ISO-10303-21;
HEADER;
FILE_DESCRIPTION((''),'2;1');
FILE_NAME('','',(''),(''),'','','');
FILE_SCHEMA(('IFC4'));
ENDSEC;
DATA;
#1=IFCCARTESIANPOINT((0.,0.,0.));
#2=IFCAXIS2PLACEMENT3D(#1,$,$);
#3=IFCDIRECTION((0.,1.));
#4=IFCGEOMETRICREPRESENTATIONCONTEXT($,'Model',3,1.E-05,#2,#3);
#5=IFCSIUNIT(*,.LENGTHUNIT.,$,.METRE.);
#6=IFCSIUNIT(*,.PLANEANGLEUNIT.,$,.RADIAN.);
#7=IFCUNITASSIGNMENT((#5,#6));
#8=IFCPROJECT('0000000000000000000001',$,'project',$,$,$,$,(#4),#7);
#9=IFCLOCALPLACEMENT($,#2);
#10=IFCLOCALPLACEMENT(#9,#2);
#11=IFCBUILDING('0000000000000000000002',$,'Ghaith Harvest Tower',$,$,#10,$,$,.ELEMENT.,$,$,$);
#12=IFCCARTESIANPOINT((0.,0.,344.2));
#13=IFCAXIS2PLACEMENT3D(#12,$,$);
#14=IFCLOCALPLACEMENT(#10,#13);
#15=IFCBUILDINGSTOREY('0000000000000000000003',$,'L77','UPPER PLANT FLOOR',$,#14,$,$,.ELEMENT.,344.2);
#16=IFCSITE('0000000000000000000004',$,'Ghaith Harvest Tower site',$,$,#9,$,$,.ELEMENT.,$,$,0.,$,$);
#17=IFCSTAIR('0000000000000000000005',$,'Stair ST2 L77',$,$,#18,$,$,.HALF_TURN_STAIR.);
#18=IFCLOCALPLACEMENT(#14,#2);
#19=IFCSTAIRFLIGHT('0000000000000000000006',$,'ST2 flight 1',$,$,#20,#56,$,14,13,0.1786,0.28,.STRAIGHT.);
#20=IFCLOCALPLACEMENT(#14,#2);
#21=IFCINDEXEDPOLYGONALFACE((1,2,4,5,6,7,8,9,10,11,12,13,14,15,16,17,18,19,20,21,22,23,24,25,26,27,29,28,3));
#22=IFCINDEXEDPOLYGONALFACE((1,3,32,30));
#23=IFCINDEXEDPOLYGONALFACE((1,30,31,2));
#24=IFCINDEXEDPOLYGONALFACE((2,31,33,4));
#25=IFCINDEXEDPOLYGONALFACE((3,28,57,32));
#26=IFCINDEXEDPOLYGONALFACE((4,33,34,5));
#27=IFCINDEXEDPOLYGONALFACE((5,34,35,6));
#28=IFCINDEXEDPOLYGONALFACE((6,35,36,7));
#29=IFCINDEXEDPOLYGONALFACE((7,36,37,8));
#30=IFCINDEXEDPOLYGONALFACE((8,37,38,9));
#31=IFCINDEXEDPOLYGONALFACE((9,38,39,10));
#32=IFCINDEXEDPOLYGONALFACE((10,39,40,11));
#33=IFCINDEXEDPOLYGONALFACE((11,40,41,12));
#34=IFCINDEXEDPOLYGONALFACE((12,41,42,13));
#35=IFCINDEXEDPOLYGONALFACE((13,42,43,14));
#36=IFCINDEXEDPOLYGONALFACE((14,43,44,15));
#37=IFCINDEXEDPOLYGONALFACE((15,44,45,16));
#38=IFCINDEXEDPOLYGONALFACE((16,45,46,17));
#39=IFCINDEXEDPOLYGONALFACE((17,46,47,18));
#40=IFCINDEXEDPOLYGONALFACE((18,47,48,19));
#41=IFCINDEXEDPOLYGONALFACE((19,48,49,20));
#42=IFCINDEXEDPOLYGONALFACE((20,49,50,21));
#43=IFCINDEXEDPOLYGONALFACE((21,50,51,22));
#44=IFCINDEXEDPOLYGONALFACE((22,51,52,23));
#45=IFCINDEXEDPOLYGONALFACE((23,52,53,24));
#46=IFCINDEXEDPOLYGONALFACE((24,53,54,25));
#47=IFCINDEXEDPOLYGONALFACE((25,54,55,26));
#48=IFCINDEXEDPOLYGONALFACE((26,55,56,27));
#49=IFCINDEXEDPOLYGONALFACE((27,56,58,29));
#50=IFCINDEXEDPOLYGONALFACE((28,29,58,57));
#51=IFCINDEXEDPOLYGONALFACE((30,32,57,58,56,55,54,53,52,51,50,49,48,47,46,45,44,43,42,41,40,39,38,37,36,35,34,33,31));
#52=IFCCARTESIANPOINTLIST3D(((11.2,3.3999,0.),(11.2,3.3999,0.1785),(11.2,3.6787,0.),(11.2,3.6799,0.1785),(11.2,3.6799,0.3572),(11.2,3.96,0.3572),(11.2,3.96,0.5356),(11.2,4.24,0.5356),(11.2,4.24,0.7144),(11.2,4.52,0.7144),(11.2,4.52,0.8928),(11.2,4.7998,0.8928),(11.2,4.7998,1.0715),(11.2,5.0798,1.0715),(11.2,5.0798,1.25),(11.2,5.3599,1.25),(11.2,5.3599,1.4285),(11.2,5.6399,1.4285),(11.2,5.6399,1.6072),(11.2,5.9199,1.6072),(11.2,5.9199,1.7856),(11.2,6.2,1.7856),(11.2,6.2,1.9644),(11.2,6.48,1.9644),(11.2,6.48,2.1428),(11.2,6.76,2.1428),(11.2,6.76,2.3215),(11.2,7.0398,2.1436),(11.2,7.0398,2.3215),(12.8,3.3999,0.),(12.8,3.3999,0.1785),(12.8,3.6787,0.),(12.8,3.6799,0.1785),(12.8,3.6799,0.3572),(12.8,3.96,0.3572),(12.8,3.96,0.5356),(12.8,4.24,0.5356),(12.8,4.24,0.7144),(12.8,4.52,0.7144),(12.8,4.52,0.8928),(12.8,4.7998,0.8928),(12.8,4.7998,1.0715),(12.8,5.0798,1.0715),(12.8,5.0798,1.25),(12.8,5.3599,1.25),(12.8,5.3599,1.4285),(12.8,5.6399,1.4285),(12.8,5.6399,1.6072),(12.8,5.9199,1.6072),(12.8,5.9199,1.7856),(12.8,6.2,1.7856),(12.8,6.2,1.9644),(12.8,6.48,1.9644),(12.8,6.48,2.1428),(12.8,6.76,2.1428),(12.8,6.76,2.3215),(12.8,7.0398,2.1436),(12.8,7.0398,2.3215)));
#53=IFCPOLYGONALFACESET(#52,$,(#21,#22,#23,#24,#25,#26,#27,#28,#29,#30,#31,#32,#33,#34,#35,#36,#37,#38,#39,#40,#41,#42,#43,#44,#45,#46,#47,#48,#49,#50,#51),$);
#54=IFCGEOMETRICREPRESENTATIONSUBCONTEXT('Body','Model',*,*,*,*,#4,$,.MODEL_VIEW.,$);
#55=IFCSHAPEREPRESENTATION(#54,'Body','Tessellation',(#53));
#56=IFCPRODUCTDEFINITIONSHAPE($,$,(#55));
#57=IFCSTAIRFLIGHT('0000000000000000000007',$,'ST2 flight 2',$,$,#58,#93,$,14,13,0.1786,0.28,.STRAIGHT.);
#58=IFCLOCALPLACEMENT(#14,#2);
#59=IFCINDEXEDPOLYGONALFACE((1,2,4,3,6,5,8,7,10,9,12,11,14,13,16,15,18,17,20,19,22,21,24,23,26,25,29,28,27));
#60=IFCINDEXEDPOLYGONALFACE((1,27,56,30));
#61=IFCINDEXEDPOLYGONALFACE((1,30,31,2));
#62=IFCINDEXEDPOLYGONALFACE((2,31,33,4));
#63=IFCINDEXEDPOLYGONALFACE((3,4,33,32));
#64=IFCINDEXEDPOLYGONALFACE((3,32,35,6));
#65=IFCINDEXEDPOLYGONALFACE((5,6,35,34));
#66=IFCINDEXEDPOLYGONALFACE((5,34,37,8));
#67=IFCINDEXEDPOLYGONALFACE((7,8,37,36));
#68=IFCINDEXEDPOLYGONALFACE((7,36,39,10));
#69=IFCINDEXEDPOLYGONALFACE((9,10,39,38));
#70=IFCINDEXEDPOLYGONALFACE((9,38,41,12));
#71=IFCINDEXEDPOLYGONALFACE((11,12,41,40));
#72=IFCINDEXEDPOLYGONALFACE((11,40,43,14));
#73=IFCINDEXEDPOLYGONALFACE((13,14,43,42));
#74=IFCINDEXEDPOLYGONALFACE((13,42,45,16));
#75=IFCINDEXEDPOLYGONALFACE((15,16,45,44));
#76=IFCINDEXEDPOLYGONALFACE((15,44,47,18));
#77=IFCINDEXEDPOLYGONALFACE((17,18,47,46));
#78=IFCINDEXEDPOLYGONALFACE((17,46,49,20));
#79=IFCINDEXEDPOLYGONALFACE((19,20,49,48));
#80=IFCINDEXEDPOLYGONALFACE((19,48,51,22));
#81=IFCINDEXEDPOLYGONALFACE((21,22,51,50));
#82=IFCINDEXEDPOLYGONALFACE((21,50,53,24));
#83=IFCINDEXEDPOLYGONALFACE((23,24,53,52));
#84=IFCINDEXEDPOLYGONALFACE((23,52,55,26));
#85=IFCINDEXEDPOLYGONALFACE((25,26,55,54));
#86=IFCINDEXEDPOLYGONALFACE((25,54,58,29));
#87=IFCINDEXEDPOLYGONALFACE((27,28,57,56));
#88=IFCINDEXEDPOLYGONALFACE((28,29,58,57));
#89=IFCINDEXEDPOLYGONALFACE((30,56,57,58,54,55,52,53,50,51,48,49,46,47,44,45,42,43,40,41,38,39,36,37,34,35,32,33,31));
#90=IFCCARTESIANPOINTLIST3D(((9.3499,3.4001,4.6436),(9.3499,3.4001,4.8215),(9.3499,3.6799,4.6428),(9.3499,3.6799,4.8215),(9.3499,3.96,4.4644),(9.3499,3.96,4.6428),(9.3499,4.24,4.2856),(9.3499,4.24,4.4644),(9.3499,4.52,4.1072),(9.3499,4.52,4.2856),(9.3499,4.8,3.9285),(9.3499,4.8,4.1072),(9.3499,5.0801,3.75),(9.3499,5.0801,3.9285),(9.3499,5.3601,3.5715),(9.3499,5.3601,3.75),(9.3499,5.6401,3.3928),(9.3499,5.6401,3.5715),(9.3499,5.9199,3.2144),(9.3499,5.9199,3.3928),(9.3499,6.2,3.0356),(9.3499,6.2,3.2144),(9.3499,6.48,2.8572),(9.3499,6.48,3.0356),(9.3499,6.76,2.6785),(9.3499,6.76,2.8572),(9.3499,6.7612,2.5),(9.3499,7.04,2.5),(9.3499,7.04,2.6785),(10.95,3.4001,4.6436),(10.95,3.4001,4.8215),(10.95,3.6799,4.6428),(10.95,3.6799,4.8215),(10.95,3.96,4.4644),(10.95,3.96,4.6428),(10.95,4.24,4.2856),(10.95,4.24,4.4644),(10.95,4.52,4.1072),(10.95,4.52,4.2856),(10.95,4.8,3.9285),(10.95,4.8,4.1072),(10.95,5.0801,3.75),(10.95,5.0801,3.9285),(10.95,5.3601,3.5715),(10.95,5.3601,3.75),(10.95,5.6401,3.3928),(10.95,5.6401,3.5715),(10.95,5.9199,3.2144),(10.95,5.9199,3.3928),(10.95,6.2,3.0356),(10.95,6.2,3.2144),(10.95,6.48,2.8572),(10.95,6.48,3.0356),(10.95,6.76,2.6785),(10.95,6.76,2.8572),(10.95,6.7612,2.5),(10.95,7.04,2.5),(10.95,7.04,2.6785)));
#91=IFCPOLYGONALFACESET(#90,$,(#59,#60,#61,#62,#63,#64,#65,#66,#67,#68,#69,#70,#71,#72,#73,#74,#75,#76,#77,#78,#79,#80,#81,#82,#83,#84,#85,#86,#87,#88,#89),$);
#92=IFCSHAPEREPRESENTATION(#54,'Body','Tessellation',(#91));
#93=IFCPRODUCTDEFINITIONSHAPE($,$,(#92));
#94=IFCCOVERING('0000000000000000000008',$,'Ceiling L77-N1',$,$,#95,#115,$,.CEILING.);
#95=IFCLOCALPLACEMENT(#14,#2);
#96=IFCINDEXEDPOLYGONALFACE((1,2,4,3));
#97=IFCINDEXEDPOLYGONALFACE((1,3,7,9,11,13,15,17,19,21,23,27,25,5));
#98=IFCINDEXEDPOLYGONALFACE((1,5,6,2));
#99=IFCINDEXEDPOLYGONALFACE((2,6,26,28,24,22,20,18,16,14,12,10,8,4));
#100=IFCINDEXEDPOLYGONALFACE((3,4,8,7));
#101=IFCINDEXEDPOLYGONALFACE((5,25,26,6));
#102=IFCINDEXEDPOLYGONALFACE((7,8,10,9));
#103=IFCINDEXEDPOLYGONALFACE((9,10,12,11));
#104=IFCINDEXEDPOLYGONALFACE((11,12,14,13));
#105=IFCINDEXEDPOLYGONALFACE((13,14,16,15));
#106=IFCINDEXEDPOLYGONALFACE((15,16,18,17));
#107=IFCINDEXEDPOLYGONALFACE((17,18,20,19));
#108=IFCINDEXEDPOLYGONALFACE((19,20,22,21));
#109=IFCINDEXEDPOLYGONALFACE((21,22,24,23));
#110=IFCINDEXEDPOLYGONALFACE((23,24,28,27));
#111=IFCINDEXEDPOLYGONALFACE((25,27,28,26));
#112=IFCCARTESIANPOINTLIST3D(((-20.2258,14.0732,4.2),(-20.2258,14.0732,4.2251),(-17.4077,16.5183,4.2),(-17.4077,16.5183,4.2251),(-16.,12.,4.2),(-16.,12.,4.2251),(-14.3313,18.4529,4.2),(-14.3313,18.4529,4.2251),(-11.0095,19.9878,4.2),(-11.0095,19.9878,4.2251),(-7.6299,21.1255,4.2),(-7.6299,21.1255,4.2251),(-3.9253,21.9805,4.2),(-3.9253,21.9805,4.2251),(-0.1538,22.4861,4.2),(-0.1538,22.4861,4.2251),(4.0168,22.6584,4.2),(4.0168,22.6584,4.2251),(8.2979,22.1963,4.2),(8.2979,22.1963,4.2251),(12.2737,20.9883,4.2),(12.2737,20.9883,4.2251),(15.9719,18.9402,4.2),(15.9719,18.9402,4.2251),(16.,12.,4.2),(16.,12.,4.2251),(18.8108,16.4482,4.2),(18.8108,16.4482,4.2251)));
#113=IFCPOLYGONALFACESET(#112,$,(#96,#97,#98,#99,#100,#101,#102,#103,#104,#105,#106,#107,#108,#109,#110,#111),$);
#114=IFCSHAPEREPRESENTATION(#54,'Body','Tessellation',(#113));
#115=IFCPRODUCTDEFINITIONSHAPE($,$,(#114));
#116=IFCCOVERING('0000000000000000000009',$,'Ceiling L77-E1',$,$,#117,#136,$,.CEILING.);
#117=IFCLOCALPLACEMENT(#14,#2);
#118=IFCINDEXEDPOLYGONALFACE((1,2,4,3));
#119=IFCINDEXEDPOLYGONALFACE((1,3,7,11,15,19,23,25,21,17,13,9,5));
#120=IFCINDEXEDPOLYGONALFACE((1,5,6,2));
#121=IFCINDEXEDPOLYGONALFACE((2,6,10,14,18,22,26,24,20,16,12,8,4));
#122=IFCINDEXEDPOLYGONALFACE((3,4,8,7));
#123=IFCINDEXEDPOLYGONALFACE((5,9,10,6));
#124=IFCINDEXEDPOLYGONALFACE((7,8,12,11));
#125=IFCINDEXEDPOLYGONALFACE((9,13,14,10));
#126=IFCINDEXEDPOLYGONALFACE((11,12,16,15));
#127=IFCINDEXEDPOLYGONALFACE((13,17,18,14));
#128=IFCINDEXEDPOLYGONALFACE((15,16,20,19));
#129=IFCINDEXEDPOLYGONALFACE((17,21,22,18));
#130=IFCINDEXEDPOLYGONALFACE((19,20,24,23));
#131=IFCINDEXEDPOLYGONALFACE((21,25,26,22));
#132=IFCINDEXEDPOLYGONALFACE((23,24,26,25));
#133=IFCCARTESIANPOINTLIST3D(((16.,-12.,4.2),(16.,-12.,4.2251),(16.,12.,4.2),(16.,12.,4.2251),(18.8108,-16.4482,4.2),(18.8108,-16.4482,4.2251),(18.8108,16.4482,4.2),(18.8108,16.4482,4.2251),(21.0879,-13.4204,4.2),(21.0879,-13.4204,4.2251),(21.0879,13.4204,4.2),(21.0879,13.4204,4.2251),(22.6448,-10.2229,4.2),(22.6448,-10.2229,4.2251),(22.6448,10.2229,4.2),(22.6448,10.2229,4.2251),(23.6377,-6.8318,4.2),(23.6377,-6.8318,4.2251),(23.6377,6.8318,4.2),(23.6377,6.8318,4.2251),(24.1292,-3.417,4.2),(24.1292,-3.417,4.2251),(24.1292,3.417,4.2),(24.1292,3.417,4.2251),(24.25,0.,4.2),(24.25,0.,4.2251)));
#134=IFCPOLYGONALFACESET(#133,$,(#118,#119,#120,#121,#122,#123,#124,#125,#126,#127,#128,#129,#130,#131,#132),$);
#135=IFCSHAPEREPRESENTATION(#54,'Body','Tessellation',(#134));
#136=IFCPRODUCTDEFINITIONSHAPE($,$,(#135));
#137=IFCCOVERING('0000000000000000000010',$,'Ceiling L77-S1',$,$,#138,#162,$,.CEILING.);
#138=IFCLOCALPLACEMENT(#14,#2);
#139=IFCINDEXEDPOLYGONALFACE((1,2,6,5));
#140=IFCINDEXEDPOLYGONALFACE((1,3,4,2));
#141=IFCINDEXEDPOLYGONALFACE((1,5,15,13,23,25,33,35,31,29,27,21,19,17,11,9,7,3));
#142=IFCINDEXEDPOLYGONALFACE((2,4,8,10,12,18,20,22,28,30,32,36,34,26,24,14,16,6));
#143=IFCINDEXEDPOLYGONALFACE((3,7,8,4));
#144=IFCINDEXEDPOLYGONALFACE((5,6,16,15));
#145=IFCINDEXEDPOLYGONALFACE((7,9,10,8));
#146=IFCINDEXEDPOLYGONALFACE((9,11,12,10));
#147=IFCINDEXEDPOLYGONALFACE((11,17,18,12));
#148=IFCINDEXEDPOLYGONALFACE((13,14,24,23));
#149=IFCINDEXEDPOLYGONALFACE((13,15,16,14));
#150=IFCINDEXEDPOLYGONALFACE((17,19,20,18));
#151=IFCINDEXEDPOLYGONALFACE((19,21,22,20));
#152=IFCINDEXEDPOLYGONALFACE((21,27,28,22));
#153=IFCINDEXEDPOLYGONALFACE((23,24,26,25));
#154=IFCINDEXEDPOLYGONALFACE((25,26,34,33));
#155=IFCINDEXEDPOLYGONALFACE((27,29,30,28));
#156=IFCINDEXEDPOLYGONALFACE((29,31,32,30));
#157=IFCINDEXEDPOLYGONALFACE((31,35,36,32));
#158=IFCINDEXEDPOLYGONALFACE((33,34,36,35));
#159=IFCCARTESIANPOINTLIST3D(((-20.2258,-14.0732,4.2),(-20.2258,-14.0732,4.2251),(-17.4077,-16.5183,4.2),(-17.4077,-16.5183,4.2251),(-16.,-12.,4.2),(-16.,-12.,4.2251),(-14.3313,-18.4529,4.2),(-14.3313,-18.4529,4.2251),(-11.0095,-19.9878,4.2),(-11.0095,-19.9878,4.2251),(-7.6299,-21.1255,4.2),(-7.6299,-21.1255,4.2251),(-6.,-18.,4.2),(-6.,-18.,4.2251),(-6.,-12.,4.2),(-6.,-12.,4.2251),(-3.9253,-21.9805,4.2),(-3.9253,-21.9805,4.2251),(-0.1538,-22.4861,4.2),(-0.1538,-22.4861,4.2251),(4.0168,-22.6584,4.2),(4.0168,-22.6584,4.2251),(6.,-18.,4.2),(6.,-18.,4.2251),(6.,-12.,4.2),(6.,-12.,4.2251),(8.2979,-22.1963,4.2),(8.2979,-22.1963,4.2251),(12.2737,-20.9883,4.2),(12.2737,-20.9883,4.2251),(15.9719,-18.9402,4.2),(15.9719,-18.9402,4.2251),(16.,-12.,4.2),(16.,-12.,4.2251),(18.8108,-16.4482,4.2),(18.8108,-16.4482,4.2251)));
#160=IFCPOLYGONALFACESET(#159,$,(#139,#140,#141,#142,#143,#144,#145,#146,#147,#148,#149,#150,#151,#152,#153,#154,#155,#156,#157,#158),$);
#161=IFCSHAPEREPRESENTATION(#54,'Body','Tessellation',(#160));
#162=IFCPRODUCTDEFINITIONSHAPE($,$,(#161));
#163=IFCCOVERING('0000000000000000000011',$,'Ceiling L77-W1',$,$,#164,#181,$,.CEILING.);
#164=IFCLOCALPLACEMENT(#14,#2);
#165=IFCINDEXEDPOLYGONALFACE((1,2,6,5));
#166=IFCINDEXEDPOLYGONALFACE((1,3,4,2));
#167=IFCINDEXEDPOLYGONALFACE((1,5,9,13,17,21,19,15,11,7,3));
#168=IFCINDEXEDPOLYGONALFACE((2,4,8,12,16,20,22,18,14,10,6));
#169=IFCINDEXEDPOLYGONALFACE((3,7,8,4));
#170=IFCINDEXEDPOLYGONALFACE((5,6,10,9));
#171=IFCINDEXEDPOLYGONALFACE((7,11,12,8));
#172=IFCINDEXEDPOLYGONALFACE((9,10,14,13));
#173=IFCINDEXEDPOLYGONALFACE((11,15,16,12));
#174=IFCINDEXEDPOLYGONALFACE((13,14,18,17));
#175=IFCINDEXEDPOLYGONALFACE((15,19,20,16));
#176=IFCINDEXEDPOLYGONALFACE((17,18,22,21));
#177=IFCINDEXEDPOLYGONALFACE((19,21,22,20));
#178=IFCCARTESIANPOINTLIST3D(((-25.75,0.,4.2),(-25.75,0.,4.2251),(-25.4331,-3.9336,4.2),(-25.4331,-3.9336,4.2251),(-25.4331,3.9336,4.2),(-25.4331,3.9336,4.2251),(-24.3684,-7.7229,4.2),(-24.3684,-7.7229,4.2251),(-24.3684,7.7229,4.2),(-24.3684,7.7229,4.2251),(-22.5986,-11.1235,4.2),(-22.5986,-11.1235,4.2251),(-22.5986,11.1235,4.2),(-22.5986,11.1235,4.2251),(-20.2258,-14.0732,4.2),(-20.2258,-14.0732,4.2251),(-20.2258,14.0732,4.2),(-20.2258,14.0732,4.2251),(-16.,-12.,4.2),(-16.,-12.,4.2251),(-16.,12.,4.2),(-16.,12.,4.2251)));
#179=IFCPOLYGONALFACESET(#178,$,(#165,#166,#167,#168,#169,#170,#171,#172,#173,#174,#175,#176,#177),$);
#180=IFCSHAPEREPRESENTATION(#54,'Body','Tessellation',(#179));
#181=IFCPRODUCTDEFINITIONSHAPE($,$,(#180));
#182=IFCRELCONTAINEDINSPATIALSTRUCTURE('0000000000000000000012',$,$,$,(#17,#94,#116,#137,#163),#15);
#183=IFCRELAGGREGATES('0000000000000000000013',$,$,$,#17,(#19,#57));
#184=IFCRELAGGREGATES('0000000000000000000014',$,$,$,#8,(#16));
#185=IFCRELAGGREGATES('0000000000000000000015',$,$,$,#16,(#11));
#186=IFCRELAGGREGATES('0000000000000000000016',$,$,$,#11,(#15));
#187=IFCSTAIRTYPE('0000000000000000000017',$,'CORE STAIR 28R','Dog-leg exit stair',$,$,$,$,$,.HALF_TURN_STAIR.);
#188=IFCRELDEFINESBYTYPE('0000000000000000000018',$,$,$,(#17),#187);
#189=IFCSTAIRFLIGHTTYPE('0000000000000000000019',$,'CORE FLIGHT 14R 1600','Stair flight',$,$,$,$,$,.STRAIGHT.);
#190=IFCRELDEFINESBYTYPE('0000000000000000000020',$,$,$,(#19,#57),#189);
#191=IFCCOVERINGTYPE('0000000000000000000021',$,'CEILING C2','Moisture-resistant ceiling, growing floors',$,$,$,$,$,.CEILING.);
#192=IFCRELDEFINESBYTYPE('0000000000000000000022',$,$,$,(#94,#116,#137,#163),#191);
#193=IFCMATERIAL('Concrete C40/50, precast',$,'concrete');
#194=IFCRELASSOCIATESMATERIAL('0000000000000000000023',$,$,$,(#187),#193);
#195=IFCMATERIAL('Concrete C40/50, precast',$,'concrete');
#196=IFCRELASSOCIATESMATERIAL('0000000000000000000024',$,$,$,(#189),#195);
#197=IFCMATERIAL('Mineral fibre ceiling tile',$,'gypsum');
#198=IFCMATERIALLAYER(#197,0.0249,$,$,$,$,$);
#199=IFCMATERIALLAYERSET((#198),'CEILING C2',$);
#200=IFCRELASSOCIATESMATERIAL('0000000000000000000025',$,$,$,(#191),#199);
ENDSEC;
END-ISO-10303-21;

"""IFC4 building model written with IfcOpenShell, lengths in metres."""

from ifc_helpers import new_model, si_unit, direction, frame, origin, place, context, subcontext, project, spatial, polyline, outline, extrude, material, layer, layer_set, type_object, element, aggregate, save


model = new_model("IFC4")

# Units and contexts
model_context = context("Model", 3, precision=1e-05, world=origin(), true_north=direction((0.0, 1.0)))
body_context = subcontext(model_context, "Body", "Model", "MODEL_VIEW")
ifc_project = project(units=[si_unit("LENGTHUNIT", "METRE"), si_unit("PLANEANGLEUNIT", "RADIAN")], contexts=[model_context])

# Site, building, storey
site_placement = place(None, origin())
site = spatial("IfcSite", under=ifc_project, at=site_placement, Name="Ghaith Harvest Tower site", CompositionType="ELEMENT", RefElevation=0.0)
building_placement = place(site_placement, origin())
building = spatial("IfcBuilding", under=site, at=building_placement, Name="Ghaith Harvest Tower", CompositionType="ELEMENT")
storey_placement = place(building_placement, frame((0.0, 0.0, 344.2)))
storey = spatial("IfcBuildingStorey", under=building, at=storey_placement, Name="L77", Description="UPPER PLANT FLOOR", CompositionType="ELEMENT", Elevation=344.2)

# Stair, stair flights
ifc_material_1 = material(Name="Concrete C40/50, precast", Category="concrete")
stair_type = type_object("IfcStairType", Name="CORE STAIR 28R", Description="Dog-leg exit stair", PredefinedType="HALF_TURN_STAIR", material=ifc_material_1)
stair_placement = place(storey_placement, origin())
stair = element("IfcStair", 1, at=stair_placement, inside=storey, type_object=stair_type, Name="Stair ST2 L77", PredefinedType="HALF_TURN_STAIR")
ifc_material_2 = material(Name="Concrete C40/50, precast", Category="concrete")
stair_flight_type = type_object("IfcStairFlightType", Name="CORE FLIGHT 14R 1600", Description="Stair flight", PredefinedType="STRAIGHT", material=ifc_material_2)
stair_flight_1_placement = place(storey_placement, frame((12.0, 3.3999, 0.0), z_axis=(0.0, 0.0, 1.0), x_axis=(0.0, 1.0, 0.0)))
stair_flight_1 = element("IfcStairFlight", 2, at=stair_flight_1_placement, type_object=stair_flight_type, Name="ST2 flight 1", NumberOfRisers=14, NumberOfTreads=13, PredefinedType="STRAIGHT", RiserHeight=0.1786, TreadLength=0.28, context=body_context, shape_type="SweptSolid", body=[
    extrude(outline(polyline([(0.0, 0.0), (0.0, 0.1785), (0.28, 0.1785), (0.28, 0.3572), (0.5601, 0.3572), (0.5601, 0.5356), (0.8401, 0.5356), (0.8401, 0.7144), (1.1201, 0.7144), (1.1201, 0.8928), (1.3999, 0.8928), (1.3999, 1.0715), (1.6799, 1.0715), (1.6799, 1.25), (1.96, 1.25), (1.96, 1.4285), (2.24, 1.4285), (2.24, 1.6072), (2.52, 1.6072), (2.52, 1.7856), (2.8, 1.7856), (2.8, 1.9644), (3.0801, 1.9644), (3.0801, 2.1428), (3.3601, 2.1428), (3.3601, 2.3215), (3.6399, 2.3215), (3.6399, 2.5), (3.6399, 2.1436), (0.2788, 0.0), (0.0, 0.0)])), frame((0.0, 0.8, 0.0), z_axis=(0.0, -1.0, 0.0), x_axis=(1.0, 0.0, 0.0)), (0.0, 0.0, 1.0), 1.6001),
])
stair_flight_2_placement = place(storey_placement, frame((10.1499, 7.04, 2.5), z_axis=(0.0, 0.0, 1.0), x_axis=(0.0, -1.0, 0.0)))
stair_flight_2 = element("IfcStairFlight", 3, at=stair_flight_2_placement, type_object=stair_flight_type, Name="ST2 flight 2", NumberOfRisers=14, NumberOfTreads=13, PredefinedType="STRAIGHT", RiserHeight=0.1786, TreadLength=0.28, context=body_context, shape_type="SweptSolid", body=[
    extrude(outline(polyline([(0.0, 0.0), (0.0, 0.1785), (0.28, 0.1785), (0.28, 0.3572), (0.5601, 0.3572), (0.5601, 0.5356), (0.8401, 0.5356), (0.8401, 0.7144), (1.1201, 0.7144), (1.1201, 0.8928), (1.3999, 0.8928), (1.3999, 1.0715), (1.6799, 1.0715), (1.6799, 1.25), (1.96, 1.25), (1.96, 1.4285), (2.24, 1.4285), (2.24, 1.6072), (2.52, 1.6072), (2.52, 1.7856), (2.8, 1.7856), (2.8, 1.9644), (3.0801, 1.9644), (3.0801, 2.1428), (3.3601, 2.1428), (3.3601, 2.3215), (3.6399, 2.3215), (3.6399, 2.5), (3.6399, 2.1436), (0.2788, 0.0), (0.0, 0.0)])), frame((0.0, 0.8, 0.0), z_axis=(0.0, -1.0, 0.0), x_axis=(1.0, 0.0, 0.0)), (0.0, 0.0, 1.0), 1.6001),
])
aggregate(stair, [stair_flight_1, stair_flight_2])

# Coverings
ifc_material_3 = material(Name="Mineral fibre ceiling tile", Category="gypsum")
ifc_layer_1 = layer(ifc_material_3, 0.0249)
ifc_layer_set_1 = layer_set([ifc_layer_1], Name="CEILING C2")
covering_type = type_object("IfcCoveringType", Name="CEILING C2", Description="Moisture-resistant ceiling, growing floors", PredefinedType="CEILING", material=ifc_layer_set_1)
covering_1_placement = place(storey_placement, frame((0.0, 0.0, 4.2)))
element("IfcCovering", 4, at=covering_1_placement, inside=storey, type_object=covering_type, Name="Ceiling L77-N1", PredefinedType="CEILING", context=body_context, shape_type="SweptSolid", body=[
    extrude(outline(polyline([(-17.4077, 16.5183), (-14.3313, 18.4529), (-11.0095, 19.9878), (-7.6299, 21.1255), (-3.9253, 21.9805), (-0.1538, 22.4861), (4.0168, 22.6584), (8.2979, 22.1963), (12.2737, 20.9883), (15.9719, 18.9402), (18.8108, 16.4482), (16.0, 12.0), (-16.0, 12.0), (-20.2258, 14.0732), (-17.4077, 16.5183)])), origin(), (0.0, 0.0, 1.0), 0.0251),
])
covering_2_placement = place(storey_placement, frame((0.0, 0.0, 4.2)))
element("IfcCovering", 5, at=covering_2_placement, inside=storey, type_object=covering_type, Name="Ceiling L77-E1", PredefinedType="CEILING", context=body_context, shape_type="SweptSolid", body=[
    extrude(outline(polyline([(21.0879, -13.4204), (18.8108, -16.4482), (16.0, -12.0), (16.0, 12.0), (18.8108, 16.4482), (21.0879, 13.4204), (22.6448, 10.2229), (23.6377, 6.8318), (24.1292, 3.417), (24.25, 0.0), (24.1292, -3.417), (23.6377, -6.8318), (22.6448, -10.2229), (21.0879, -13.4204)])), origin(), (0.0, 0.0, 1.0), 0.0251),
])
covering_3_placement = place(storey_placement, frame((0.0, 0.0, 4.2)))
element("IfcCovering", 6, at=covering_3_placement, inside=storey, type_object=covering_type, Name="Ceiling L77-S1", PredefinedType="CEILING", context=body_context, shape_type="SweptSolid", body=[
    extrude(outline(polyline([(15.9719, -18.9402), (12.2737, -20.9883), (8.2979, -22.1963), (4.0168, -22.6584), (-0.1538, -22.4861), (-3.9253, -21.9805), (-7.6299, -21.1255), (-11.0095, -19.9878), (-14.3313, -18.4529), (-17.4077, -16.5183), (-20.2258, -14.0732), (-16.0, -12.0), (-6.0, -12.0), (-6.0, -18.0), (6.0, -18.0), (6.0, -12.0), (16.0, -12.0), (18.8108, -16.4482), (15.9719, -18.9402)])), origin(), (0.0, 0.0, 1.0), 0.0251),
])
covering_4_placement = place(storey_placement, frame((0.0, 0.0, 4.2)))
element("IfcCovering", 7, at=covering_4_placement, inside=storey, type_object=covering_type, Name="Ceiling L77-W1", PredefinedType="CEILING", context=body_context, shape_type="SweptSolid", body=[
    extrude(outline(polyline([(-22.5986, -11.1235), (-24.3684, -7.7229), (-25.4331, -3.9336), (-25.75, 0.0), (-25.4331, 3.9336), (-24.3684, 7.7229), (-22.5986, 11.1235), (-20.2258, 14.0732), (-16.0, 12.0), (-16.0, -12.0), (-20.2258, -14.0732), (-22.5986, -11.1235)])), origin(), (0.0, 0.0, 1.0), 0.0251),
])

save(model, "model.ifc")
